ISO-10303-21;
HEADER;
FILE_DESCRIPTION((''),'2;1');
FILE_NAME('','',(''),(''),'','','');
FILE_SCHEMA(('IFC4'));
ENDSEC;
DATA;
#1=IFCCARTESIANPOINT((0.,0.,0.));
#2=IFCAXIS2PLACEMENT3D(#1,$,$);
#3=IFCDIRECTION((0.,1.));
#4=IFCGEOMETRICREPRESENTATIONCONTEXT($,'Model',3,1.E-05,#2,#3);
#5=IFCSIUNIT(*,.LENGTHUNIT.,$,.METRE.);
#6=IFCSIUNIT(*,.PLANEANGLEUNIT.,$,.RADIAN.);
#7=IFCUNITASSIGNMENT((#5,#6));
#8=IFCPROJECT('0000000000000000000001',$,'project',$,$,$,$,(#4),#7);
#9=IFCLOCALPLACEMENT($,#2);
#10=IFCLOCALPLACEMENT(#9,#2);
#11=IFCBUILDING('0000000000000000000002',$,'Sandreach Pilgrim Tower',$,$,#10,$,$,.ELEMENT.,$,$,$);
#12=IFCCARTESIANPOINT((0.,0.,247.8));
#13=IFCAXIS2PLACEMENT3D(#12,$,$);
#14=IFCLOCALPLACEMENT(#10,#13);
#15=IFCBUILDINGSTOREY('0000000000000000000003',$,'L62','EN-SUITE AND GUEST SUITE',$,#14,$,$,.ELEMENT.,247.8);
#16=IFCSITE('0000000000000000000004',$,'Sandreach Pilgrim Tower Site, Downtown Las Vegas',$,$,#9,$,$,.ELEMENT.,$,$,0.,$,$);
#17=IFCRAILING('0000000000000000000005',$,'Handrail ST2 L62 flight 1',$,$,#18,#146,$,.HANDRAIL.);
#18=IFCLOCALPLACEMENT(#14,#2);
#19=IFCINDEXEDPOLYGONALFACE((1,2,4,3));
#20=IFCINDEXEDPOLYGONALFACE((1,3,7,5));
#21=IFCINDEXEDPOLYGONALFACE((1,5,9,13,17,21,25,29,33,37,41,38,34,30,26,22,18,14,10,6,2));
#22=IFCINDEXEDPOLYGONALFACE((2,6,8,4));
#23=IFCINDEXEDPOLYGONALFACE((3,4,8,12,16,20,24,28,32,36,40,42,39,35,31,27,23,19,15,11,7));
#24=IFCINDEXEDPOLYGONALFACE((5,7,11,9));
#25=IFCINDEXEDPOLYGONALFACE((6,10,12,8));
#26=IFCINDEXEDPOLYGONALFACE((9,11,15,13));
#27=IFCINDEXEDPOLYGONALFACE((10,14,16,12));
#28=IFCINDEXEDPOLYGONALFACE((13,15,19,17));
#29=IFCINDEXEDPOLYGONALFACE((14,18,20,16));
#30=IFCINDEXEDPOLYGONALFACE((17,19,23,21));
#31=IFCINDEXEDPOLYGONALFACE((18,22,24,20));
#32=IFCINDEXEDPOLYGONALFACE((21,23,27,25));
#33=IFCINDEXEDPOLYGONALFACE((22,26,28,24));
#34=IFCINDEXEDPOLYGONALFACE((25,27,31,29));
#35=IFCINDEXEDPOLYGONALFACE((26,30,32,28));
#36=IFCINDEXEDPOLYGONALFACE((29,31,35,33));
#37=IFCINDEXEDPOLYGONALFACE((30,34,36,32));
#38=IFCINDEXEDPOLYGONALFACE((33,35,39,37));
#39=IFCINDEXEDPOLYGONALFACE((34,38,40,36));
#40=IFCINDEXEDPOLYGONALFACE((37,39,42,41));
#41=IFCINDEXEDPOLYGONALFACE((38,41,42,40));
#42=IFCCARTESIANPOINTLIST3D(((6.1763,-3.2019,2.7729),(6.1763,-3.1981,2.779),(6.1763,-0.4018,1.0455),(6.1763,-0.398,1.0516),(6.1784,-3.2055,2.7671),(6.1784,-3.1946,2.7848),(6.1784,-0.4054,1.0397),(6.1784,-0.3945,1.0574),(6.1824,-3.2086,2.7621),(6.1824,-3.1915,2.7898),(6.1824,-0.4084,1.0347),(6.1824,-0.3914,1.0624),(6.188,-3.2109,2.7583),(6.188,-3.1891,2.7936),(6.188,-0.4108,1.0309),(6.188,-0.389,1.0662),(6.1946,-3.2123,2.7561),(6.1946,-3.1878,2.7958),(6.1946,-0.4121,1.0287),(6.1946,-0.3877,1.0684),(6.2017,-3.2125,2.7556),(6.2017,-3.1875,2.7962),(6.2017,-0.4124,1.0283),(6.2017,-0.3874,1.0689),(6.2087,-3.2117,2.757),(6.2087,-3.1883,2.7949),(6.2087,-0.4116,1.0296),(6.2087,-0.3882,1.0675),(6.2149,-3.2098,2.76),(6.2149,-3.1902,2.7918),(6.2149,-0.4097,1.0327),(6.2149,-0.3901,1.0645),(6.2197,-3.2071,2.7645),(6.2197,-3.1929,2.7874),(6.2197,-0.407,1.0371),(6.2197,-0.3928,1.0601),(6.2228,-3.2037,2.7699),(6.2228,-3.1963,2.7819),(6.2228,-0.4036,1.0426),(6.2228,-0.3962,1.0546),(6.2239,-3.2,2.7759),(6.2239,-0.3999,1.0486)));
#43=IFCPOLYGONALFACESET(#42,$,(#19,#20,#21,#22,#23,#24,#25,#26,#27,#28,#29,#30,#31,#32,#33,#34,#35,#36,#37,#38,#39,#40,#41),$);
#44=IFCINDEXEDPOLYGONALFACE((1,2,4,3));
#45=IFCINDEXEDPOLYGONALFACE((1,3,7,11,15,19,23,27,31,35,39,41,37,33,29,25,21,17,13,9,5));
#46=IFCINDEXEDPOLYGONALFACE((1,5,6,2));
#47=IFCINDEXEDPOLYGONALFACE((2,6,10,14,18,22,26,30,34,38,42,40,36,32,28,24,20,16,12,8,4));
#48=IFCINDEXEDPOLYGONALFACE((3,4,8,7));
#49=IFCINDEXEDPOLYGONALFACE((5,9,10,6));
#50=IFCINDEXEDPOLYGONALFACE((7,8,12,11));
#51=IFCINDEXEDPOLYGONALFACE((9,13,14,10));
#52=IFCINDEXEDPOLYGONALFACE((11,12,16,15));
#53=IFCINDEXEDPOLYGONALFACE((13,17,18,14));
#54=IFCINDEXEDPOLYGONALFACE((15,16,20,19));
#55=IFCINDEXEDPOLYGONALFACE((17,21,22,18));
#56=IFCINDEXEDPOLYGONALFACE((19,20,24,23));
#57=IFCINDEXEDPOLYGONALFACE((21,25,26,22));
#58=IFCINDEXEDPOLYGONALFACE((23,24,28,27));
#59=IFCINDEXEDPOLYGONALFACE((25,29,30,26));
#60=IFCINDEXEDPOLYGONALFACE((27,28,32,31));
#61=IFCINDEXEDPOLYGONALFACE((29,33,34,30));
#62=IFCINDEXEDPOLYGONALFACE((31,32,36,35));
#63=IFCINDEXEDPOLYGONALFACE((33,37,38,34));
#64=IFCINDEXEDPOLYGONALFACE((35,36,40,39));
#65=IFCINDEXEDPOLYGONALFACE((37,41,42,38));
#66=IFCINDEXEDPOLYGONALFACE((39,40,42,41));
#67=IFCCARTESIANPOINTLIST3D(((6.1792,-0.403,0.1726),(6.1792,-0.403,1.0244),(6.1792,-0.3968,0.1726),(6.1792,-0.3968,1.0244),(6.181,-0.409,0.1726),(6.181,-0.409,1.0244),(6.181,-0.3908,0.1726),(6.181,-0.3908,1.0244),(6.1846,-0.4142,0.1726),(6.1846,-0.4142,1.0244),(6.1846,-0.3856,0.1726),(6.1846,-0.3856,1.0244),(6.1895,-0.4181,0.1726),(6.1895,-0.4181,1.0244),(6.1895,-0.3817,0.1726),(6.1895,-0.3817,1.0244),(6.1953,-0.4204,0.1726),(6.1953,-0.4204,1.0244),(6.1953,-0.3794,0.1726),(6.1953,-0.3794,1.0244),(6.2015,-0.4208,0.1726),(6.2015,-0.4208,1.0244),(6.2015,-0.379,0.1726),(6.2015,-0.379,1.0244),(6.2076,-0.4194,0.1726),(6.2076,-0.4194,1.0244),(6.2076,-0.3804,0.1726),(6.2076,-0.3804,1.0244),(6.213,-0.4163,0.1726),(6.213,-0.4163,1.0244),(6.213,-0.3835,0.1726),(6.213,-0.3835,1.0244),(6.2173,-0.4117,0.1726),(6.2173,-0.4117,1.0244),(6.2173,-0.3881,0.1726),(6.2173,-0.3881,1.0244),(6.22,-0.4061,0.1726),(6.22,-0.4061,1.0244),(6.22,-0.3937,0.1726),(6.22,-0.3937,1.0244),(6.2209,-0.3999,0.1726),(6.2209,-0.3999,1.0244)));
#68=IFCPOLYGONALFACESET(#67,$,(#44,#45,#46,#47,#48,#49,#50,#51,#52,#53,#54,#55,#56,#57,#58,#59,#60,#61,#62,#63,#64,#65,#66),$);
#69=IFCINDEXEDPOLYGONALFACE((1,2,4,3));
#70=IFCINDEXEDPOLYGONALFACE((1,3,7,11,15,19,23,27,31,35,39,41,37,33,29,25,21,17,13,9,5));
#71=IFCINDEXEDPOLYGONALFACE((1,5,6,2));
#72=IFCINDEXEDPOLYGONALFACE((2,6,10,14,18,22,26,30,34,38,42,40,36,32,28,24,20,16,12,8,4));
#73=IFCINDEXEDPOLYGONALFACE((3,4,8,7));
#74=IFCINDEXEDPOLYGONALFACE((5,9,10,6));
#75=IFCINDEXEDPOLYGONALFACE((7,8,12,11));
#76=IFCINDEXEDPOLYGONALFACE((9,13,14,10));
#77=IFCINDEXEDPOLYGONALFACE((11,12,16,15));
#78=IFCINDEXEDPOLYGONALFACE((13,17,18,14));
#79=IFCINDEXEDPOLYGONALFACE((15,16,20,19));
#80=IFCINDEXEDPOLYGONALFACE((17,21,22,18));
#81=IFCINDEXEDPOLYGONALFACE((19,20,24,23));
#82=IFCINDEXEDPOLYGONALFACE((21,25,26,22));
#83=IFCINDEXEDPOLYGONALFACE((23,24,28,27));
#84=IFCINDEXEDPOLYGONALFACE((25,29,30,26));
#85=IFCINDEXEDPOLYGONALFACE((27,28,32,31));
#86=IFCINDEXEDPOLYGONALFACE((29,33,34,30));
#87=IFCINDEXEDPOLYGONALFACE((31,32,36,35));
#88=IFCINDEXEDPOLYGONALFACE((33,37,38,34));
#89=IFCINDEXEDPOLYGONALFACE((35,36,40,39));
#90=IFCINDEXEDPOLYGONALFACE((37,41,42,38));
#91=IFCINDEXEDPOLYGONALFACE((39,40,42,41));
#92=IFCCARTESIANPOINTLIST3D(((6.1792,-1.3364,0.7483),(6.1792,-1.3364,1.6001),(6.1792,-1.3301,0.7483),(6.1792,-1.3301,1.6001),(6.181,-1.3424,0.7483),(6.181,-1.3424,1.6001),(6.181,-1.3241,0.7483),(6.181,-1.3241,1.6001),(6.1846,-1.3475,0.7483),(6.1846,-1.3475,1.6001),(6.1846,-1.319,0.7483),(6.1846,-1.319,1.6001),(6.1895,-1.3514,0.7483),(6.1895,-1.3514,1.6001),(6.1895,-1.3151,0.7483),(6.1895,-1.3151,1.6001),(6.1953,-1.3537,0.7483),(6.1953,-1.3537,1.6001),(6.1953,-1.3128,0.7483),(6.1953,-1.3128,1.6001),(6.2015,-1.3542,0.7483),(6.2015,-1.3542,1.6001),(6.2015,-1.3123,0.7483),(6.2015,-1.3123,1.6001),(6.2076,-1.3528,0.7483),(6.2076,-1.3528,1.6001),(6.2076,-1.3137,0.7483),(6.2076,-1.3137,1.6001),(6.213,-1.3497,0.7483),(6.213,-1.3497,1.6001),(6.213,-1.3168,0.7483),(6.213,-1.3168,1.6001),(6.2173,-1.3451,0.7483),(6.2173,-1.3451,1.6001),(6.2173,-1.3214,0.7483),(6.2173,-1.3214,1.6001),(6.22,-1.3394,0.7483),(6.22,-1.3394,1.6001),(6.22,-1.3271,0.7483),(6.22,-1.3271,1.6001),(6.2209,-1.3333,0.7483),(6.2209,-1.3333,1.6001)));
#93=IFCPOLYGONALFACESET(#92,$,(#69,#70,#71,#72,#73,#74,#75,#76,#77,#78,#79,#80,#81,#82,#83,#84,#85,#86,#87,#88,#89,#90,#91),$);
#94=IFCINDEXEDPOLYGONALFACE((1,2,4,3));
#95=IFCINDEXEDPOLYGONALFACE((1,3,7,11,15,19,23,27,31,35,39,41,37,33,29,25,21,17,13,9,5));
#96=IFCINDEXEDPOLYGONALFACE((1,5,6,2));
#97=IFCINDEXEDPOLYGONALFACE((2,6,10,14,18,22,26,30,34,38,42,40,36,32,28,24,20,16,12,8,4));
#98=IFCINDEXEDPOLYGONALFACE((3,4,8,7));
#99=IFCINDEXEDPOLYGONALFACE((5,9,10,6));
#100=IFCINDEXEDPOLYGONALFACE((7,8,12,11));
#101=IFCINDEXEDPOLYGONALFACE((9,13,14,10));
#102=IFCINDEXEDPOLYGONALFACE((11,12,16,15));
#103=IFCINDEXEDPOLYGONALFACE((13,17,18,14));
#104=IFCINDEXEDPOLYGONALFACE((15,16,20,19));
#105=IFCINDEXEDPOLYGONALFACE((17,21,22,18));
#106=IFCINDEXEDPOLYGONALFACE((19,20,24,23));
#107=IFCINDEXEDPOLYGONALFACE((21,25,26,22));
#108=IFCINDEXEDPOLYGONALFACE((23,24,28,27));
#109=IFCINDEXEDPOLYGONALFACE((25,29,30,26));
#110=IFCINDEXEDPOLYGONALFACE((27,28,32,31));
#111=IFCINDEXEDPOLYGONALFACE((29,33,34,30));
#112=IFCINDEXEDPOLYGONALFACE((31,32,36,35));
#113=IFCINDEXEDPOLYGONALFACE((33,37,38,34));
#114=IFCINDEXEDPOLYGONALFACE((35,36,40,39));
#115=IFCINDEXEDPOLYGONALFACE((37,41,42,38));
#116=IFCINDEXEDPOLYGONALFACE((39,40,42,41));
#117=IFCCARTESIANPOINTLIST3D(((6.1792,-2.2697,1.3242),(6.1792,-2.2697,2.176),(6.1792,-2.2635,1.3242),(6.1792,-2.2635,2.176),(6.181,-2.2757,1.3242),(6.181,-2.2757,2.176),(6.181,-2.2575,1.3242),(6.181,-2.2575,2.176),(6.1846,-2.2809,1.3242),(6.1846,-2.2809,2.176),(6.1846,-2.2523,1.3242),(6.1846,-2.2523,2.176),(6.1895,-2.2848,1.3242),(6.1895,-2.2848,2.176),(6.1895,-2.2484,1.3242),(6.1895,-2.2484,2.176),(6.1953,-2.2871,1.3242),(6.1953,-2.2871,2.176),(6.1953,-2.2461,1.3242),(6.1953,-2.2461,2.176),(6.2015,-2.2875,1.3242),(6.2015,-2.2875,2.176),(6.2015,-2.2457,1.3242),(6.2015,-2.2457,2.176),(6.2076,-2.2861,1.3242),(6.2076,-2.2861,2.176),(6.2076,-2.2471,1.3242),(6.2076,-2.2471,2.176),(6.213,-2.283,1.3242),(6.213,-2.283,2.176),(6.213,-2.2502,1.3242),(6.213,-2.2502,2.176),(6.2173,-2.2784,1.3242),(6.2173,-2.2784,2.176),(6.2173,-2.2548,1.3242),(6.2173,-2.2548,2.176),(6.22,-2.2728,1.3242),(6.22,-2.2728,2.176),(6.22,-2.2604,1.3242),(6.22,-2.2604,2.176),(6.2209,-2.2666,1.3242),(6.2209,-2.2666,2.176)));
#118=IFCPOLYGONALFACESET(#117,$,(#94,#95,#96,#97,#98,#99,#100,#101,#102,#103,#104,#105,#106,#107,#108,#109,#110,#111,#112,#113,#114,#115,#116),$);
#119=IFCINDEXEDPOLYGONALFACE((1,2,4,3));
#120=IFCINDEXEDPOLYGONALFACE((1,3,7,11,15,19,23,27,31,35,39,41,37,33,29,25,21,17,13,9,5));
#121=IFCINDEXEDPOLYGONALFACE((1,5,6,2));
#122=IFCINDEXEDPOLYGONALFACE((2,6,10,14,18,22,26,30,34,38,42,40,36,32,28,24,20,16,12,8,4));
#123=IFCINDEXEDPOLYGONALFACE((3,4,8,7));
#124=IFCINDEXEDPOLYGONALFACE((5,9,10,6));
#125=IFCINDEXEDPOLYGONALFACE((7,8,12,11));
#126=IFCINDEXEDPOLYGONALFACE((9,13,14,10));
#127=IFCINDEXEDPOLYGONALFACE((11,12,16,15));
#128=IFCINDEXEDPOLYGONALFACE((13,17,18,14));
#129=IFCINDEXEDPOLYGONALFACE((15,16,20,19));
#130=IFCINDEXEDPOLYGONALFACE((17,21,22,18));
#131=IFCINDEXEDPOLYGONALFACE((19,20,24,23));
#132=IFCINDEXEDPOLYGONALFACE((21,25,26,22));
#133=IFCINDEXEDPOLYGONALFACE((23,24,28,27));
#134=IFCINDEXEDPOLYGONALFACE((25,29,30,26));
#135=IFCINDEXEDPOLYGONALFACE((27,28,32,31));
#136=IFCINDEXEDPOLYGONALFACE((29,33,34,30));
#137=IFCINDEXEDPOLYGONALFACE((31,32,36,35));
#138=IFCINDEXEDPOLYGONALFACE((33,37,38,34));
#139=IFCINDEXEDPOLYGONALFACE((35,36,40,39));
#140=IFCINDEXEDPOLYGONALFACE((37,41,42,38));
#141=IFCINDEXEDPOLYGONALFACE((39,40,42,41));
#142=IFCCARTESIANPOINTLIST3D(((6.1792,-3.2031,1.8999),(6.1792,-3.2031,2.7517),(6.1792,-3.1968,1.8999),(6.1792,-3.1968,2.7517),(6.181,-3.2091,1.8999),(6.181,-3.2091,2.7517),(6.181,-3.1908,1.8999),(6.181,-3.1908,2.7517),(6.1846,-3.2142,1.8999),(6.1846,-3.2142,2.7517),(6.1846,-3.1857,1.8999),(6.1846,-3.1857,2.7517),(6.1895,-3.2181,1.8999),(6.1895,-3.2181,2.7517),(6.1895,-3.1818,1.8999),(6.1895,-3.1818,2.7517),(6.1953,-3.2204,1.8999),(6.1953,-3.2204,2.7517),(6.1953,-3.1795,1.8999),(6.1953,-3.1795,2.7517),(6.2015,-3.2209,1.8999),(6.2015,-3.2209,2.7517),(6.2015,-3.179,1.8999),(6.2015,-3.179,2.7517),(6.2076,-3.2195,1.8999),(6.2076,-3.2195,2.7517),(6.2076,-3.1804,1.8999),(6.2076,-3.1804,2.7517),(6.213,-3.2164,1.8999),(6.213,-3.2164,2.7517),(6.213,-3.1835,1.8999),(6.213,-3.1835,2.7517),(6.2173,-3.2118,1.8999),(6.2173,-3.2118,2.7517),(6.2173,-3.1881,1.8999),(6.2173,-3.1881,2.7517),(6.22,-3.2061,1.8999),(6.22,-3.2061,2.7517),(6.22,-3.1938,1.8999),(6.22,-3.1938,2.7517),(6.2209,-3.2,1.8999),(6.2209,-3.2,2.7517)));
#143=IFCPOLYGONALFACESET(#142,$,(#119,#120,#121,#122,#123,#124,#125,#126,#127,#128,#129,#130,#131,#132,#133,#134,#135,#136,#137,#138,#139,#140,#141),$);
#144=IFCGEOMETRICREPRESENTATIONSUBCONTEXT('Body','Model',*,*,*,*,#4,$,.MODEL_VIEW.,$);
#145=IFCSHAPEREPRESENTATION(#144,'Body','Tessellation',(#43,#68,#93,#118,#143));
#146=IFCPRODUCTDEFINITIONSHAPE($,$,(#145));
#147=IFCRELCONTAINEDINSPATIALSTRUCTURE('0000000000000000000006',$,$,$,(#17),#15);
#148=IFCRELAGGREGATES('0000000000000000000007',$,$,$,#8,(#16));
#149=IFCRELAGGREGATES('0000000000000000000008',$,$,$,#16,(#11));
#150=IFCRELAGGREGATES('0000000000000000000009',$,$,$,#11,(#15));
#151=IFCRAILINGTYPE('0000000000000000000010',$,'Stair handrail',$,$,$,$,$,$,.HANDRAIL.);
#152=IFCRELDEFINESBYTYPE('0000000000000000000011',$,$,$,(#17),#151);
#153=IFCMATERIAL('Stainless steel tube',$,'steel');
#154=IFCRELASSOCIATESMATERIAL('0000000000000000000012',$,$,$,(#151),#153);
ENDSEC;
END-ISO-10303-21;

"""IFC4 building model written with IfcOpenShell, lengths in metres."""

from ifc_helpers import new_model, si_unit, direction, frame, origin, origin_2d, place, context, subcontext, project, spatial, circle, extrude, material, type_object, element, save


model = new_model("IFC4")

# Units and contexts
model_context = context("Model", 3, precision=1e-05, world=origin(), true_north=direction((0.0, 1.0)))
body_context = subcontext(model_context, "Body", "Model", "MODEL_VIEW")
ifc_project = project(units=[si_unit("LENGTHUNIT", "METRE"), si_unit("PLANEANGLEUNIT", "RADIAN")], contexts=[model_context])

# Site, building, storey
site_placement = place(None, origin())
site = spatial("IfcSite", under=ifc_project, at=site_placement, Name="Sandreach Pilgrim Tower Site, Downtown Las Vegas", CompositionType="ELEMENT", RefElevation=0.0)
building_placement = place(site_placement, origin())
building = spatial("IfcBuilding", under=site, at=building_placement, Name="Sandreach Pilgrim Tower", CompositionType="ELEMENT")
storey_placement = place(building_placement, frame((0.0, 0.0, 247.8)))
storey = spatial("IfcBuildingStorey", under=building, at=storey_placement, Name="L62", Description="EN-SUITE AND GUEST SUITE", CompositionType="ELEMENT", Elevation=247.8)

# Railing
ifc_material_1 = material(Name="Stainless steel tube", Category="steel")
railing_type = type_object("IfcRailingType", Name="Stair handrail", PredefinedType="HANDRAIL", material=ifc_material_1)
for number, where, name in (
    (1, (6.2, -0.3999, 0.1726), "Handrail ST2 L62 flight 1"),
):
    element("IfcRailing", number, at=place(storey_placement, frame(where)), inside=storey, type_object=railing_type, Name=name, PredefinedType="HANDRAIL", context=body_context, shape_type="SweptSolid", body=[
        extrude(circle(Radius=0.0239, at=origin_2d()), frame((0.0, 0.0, 0.876), z_axis=(0.0, -0.85109, 0.52502), x_axis=(1.0, 0.0, 0.0)), (0.0, 0.0, 1.0), 3.29),
        extrude(circle(Radius=0.021, at=origin_2d()), origin(), (0.0, 0.0, 1.0), 0.8518),
        extrude(circle(Radius=0.021, at=origin_2d()), frame((0.0, -0.9333, 0.5757)), (0.0, 0.0, 1.0), 0.8518),
        extrude(circle(Radius=0.021, at=origin_2d()), frame((0.0, -1.8667, 1.1516)), (0.0, 0.0, 1.0), 0.8518),
        extrude(circle(Radius=0.021, at=origin_2d()), frame((0.0, -2.8, 1.7273)), (0.0, 0.0, 1.0), 0.8518),
    ])

save(model, "model.ifc")
